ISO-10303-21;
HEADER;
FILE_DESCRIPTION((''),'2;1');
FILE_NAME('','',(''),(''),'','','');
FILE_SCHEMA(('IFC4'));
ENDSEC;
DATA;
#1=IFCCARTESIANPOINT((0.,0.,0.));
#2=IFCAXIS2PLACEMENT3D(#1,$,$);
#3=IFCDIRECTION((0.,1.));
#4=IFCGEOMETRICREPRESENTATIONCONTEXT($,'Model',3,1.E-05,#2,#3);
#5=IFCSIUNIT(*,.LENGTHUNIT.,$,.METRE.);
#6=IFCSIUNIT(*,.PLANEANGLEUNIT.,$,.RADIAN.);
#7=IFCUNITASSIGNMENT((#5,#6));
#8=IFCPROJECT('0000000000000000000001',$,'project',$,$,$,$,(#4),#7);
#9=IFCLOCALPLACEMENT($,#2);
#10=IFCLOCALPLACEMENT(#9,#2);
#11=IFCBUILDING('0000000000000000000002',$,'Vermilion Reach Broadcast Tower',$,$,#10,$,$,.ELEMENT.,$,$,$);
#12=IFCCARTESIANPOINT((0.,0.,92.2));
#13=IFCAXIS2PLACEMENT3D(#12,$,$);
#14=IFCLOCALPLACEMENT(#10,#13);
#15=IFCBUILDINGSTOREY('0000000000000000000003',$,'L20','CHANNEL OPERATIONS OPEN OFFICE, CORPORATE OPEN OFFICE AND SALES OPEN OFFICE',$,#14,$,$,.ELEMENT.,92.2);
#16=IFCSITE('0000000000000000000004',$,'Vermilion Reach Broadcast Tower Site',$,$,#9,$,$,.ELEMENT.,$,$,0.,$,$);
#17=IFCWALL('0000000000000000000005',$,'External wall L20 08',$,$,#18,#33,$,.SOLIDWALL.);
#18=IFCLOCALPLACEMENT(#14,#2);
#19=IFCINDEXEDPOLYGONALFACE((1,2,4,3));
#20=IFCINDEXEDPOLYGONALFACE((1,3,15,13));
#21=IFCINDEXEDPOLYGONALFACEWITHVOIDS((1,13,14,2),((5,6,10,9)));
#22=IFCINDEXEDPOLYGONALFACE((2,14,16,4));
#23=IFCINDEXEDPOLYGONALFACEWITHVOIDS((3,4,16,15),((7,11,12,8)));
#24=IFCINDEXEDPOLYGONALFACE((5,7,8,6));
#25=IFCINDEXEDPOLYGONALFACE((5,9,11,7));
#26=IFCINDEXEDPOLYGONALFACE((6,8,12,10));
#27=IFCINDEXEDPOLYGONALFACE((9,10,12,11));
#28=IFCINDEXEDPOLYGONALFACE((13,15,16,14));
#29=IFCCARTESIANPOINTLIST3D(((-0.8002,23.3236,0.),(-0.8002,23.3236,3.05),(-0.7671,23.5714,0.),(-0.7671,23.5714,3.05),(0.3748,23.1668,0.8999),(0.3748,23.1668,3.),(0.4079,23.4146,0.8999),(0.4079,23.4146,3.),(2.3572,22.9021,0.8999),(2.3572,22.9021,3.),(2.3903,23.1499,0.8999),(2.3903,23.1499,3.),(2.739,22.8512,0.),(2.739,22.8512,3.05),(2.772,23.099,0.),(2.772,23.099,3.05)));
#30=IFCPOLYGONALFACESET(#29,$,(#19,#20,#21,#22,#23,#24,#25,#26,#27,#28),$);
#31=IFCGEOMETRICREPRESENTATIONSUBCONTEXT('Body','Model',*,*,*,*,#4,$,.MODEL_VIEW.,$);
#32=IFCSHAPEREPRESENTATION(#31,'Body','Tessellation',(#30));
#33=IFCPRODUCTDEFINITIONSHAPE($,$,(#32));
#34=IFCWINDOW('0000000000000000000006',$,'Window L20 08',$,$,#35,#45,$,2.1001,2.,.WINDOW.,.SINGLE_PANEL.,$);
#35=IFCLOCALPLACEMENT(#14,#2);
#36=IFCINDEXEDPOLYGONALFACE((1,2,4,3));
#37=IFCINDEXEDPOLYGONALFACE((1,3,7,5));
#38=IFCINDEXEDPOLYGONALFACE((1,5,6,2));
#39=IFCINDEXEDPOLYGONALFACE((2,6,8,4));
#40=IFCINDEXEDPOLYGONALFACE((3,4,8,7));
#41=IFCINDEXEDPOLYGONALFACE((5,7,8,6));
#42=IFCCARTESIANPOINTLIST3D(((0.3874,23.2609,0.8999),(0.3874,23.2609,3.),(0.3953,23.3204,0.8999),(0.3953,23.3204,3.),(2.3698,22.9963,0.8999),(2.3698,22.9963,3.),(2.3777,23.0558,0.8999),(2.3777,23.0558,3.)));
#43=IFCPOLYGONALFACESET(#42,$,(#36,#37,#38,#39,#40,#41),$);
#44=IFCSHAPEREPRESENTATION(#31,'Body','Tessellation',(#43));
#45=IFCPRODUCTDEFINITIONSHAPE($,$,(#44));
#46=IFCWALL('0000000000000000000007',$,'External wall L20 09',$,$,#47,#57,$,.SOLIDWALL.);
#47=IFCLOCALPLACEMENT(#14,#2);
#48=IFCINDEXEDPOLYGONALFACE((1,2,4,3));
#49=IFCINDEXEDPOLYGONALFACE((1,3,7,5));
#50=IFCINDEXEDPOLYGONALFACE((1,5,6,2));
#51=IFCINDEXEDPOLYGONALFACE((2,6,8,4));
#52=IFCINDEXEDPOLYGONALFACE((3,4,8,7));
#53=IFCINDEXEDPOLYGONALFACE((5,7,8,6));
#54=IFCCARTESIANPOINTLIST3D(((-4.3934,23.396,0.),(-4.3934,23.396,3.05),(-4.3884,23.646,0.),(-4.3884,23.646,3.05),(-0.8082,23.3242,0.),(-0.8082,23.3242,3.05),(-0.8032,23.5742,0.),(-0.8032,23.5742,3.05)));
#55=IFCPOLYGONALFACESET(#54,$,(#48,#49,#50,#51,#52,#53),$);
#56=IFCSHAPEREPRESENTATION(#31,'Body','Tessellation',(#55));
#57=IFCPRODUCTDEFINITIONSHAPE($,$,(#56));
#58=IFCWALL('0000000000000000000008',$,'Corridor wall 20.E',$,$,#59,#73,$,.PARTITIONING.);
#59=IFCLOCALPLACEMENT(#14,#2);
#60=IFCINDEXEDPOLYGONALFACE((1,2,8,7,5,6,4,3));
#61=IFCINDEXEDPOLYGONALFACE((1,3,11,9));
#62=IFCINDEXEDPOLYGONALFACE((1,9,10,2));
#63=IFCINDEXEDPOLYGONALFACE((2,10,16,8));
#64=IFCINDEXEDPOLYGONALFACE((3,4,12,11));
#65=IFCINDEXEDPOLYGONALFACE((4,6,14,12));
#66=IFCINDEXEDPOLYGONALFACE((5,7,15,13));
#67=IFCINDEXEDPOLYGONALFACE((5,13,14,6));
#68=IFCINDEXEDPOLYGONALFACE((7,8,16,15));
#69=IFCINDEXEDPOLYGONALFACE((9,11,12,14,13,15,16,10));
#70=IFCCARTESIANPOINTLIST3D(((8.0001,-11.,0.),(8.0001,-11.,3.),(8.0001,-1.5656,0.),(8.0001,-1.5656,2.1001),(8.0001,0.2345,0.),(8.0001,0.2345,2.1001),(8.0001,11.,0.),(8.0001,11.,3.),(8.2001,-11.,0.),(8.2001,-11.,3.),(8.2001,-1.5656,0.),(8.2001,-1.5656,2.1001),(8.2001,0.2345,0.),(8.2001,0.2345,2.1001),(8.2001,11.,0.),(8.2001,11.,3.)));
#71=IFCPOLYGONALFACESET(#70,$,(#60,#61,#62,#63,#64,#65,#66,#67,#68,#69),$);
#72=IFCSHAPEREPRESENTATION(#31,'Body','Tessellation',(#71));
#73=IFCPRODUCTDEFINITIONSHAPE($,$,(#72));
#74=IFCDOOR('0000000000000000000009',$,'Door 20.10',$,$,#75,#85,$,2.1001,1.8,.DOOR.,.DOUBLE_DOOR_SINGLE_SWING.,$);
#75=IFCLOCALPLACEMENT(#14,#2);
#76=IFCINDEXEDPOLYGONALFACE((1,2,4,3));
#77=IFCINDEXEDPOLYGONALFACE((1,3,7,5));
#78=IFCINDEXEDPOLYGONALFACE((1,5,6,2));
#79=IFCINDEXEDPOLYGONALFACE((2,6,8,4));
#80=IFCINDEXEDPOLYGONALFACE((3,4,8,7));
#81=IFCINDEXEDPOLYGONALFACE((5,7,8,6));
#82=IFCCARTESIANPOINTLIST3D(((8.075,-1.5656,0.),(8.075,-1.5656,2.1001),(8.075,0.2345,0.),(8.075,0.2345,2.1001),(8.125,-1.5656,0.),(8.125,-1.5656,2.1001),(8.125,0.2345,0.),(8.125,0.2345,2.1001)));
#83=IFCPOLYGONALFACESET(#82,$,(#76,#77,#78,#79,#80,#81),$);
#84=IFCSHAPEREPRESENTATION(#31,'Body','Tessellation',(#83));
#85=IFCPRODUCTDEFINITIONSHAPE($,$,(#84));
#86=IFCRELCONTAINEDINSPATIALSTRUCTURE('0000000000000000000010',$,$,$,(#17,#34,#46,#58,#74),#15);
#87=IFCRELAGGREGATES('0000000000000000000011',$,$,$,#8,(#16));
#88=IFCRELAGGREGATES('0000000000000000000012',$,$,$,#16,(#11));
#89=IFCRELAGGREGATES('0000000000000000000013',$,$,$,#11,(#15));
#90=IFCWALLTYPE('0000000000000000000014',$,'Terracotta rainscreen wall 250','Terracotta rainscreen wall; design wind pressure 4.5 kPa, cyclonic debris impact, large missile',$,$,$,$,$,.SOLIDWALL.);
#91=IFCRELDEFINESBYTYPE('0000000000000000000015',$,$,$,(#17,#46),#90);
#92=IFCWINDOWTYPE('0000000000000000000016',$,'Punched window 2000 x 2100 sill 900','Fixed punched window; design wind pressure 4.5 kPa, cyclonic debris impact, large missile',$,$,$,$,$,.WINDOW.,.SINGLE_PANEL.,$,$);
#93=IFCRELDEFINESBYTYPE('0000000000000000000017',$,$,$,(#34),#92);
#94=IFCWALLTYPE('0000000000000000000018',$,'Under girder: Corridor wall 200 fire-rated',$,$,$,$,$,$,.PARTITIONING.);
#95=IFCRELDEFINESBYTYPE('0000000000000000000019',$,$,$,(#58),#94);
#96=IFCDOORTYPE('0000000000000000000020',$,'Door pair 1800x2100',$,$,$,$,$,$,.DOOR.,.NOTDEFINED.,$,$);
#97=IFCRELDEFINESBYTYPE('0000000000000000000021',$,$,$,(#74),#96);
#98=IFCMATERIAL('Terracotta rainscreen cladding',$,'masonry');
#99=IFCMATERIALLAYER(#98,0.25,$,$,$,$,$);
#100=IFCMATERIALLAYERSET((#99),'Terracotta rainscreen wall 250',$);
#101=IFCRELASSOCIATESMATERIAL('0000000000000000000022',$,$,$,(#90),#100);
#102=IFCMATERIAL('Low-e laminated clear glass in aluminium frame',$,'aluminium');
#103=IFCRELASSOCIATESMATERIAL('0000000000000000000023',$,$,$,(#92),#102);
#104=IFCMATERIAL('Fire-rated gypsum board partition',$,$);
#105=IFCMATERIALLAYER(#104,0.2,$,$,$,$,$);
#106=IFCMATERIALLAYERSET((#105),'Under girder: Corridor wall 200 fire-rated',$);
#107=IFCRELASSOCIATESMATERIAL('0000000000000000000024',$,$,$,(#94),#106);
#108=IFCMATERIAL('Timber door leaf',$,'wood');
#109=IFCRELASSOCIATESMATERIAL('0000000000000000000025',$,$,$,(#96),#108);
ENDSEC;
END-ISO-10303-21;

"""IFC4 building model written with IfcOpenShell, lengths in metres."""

from ifc_helpers import new_model, si_unit, direction, frame, frame_2d, origin, place, context, subcontext, project, spatial, rectangle, extrude, material, layer, layer_set, type_object, element, fill, save


model = new_model("IFC4")

# Units and contexts
model_context = context("Model", 3, precision=1e-05, world=origin(), true_north=direction((0.0, 1.0)))
body_context = subcontext(model_context, "Body", "Model", "MODEL_VIEW")
ifc_project = project(units=[si_unit("LENGTHUNIT", "METRE"), si_unit("PLANEANGLEUNIT", "RADIAN")], contexts=[model_context])

# Site, building, storey
site_placement = place(None, origin())
site = spatial("IfcSite", under=ifc_project, at=site_placement, Name="Vermilion Reach Broadcast Tower Site", CompositionType="ELEMENT", RefElevation=0.0)
building_placement = place(site_placement, origin())
building = spatial("IfcBuilding", under=site, at=building_placement, Name="Vermilion Reach Broadcast Tower", CompositionType="ELEMENT")
storey_placement = place(building_placement, frame((0.0, 0.0, 92.2)))
storey = spatial("IfcBuildingStorey", under=building, at=storey_placement, Name="L20", Description="CHANNEL OPERATIONS OPEN OFFICE, CORPORATE OPEN OFFICE AND SALES OPEN OFFICE", CompositionType="ELEMENT", Elevation=92.2)

# Shared definitions
ifc_material_1 = material(Name="Terracotta rainscreen cladding", Category="masonry")
ifc_layer_1 = layer(ifc_material_1, 0.25)
ifc_layer_set_1 = layer_set([ifc_layer_1], Name="Terracotta rainscreen wall 250")
wall_type_1 = type_object("IfcWallType", Name="Terracotta rainscreen wall 250", Description="Terracotta rainscreen wall; design wind pressure 4.5 kPa, cyclonic debris impact, large missile", PredefinedType="SOLIDWALL", material=ifc_layer_set_1)

# Wall, opening, window
wall_1_placement = place(storey_placement, frame((2.7554, 22.9751, 0.0), z_axis=(0.0, 0.0, 1.0), x_axis=(-0.991208, 0.132312, 0.0)))
wall_1 = element("IfcWall", 1, at=wall_1_placement, inside=storey, type_object=wall_type_1, Name="External wall L20 08", PredefinedType="SOLIDWALL", context=body_context, shape_type="SweptSolid", body=[
    extrude(rectangle(XDim=3.5706, YDim=0.25, at=frame_2d((1.7852, 0.0))), origin(), (0.0, 0.0, 1.0), 3.05),
])
opening_1_placement = place(wall_1_placement, frame((0.385, 0.0, 0.8999)))
opening_1 = element("IfcOpeningElement", 2, at=opening_1_placement, cuts=wall_1, PredefinedType="OPENING", context=body_context, shape_type="SweptSolid", body=[
    extrude(rectangle(XDim=2.0, YDim=2.1001, at=frame_2d((1.0, 1.05))), frame((0.0, 0.135, 0.0), z_axis=(0.0, -1.0, 0.0), x_axis=(1.0, 0.0, 0.0)), (0.0, 0.0, 1.0), 0.27),
])
ifc_material_2 = material(Name="Low-e laminated clear glass in aluminium frame", Category="aluminium")
window_type = type_object("IfcWindowType", Name="Punched window 2000 x 2100 sill 900", Description="Fixed punched window; design wind pressure 4.5 kPa, cyclonic debris impact, large missile", PartitioningType="SINGLE_PANEL", PredefinedType="WINDOW", material=ifc_material_2)
window_placement = place(opening_1_placement, origin())
window = element("IfcWindow", 3, at=window_placement, inside=storey, type_object=window_type, Name="Window L20 08", OverallHeight=2.1001, OverallWidth=2.0, PartitioningType="SINGLE_PANEL", PredefinedType="WINDOW", context=body_context, shape_type="SweptSolid", body=[
    extrude(rectangle(XDim=2.0, YDim=2.1001, at=frame_2d((1.0, 1.05))), frame((0.0, 0.03, 0.0), z_axis=(0.0, -1.0, 0.0), x_axis=(1.0, 0.0, 0.0)), (0.0, 0.0, 1.0), 0.0601),
])
fill(opening_1, window)

# Wall
wall_2_placement = place(storey_placement, frame((-0.8057, 23.4492, 0.0), z_axis=(0.0, 0.0, 1.0), x_axis=(-0.9998, 0.020016, 0.0)))
element("IfcWall", 4, at=wall_2_placement, inside=storey, type_object=wall_type_1, Name="External wall L20 09", PredefinedType="SOLIDWALL", context=body_context, shape_type="SweptSolid", body=[
    extrude(rectangle(XDim=3.5859, YDim=0.25, at=frame_2d((1.793, 0.0))), origin(), (0.0, 0.0, 1.0), 3.05),
])

# Wall, opening, door
ifc_material_3 = material(Name="Fire-rated gypsum board partition")
ifc_layer_2 = layer(ifc_material_3, 0.2)
ifc_layer_set_2 = layer_set([ifc_layer_2], Name="Under girder: Corridor wall 200 fire-rated")
wall_type_2 = type_object("IfcWallType", Name="Under girder: Corridor wall 200 fire-rated", PredefinedType="PARTITIONING", material=ifc_layer_set_2)
wall_3_placement = place(storey_placement, frame((8.1001, 11.0, 0.0), z_axis=(0.0, 0.0, 1.0), x_axis=(0.0, -1.0, 0.0)))
wall_3 = element("IfcWall", 5, at=wall_3_placement, inside=storey, type_object=wall_type_2, Name="Corridor wall 20.E", PredefinedType="PARTITIONING", context=body_context, shape_type="SweptSolid", body=[
    extrude(rectangle(XDim=22.0, YDim=0.2, at=frame_2d((11.0, 0.0))), origin(), (0.0, 0.0, 1.0), 3.0),
])
opening_2_placement = place(wall_3_placement, frame((10.7656, 0.0, 0.0)))
opening_2 = element("IfcOpeningElement", 6, at=opening_2_placement, cuts=wall_3, PredefinedType="OPENING", context=body_context, shape_type="SweptSolid", body=[
    extrude(rectangle(XDim=1.8, YDim=2.1001, at=frame_2d((0.8999, 1.05))), frame((0.0, 0.1099, 0.0), z_axis=(0.0, -1.0, 0.0), x_axis=(1.0, 0.0, 0.0)), (0.0, 0.0, 1.0), 0.22),
])
ifc_material_4 = material(Name="Timber door leaf", Category="wood")
door_type_1 = type_object("IfcDoorType", Name="Door pair 1800x2100", OperationType="NOTDEFINED", PredefinedType="DOOR", material=ifc_material_4)
door_1_placement = place(opening_2_placement, origin())
door_1 = element("IfcDoor", 7, at=door_1_placement, inside=storey, type_object=door_type_1, Name="Door 20.10", OperationType="DOUBLE_DOOR_SINGLE_SWING", OverallHeight=2.1001, OverallWidth=1.8, PredefinedType="DOOR", context=body_context, shape_type="SweptSolid", body=[
    extrude(rectangle(XDim=1.8, YDim=2.1001, at=frame_2d((0.8999, 1.05))), frame((0.0, 0.0249, 0.0), z_axis=(0.0, -1.0, 0.0), x_axis=(1.0, 0.0, 0.0)), (0.0, 0.0, 1.0), 0.05),
])
fill(opening_2, door_1)

save(model, "model.ifc")
